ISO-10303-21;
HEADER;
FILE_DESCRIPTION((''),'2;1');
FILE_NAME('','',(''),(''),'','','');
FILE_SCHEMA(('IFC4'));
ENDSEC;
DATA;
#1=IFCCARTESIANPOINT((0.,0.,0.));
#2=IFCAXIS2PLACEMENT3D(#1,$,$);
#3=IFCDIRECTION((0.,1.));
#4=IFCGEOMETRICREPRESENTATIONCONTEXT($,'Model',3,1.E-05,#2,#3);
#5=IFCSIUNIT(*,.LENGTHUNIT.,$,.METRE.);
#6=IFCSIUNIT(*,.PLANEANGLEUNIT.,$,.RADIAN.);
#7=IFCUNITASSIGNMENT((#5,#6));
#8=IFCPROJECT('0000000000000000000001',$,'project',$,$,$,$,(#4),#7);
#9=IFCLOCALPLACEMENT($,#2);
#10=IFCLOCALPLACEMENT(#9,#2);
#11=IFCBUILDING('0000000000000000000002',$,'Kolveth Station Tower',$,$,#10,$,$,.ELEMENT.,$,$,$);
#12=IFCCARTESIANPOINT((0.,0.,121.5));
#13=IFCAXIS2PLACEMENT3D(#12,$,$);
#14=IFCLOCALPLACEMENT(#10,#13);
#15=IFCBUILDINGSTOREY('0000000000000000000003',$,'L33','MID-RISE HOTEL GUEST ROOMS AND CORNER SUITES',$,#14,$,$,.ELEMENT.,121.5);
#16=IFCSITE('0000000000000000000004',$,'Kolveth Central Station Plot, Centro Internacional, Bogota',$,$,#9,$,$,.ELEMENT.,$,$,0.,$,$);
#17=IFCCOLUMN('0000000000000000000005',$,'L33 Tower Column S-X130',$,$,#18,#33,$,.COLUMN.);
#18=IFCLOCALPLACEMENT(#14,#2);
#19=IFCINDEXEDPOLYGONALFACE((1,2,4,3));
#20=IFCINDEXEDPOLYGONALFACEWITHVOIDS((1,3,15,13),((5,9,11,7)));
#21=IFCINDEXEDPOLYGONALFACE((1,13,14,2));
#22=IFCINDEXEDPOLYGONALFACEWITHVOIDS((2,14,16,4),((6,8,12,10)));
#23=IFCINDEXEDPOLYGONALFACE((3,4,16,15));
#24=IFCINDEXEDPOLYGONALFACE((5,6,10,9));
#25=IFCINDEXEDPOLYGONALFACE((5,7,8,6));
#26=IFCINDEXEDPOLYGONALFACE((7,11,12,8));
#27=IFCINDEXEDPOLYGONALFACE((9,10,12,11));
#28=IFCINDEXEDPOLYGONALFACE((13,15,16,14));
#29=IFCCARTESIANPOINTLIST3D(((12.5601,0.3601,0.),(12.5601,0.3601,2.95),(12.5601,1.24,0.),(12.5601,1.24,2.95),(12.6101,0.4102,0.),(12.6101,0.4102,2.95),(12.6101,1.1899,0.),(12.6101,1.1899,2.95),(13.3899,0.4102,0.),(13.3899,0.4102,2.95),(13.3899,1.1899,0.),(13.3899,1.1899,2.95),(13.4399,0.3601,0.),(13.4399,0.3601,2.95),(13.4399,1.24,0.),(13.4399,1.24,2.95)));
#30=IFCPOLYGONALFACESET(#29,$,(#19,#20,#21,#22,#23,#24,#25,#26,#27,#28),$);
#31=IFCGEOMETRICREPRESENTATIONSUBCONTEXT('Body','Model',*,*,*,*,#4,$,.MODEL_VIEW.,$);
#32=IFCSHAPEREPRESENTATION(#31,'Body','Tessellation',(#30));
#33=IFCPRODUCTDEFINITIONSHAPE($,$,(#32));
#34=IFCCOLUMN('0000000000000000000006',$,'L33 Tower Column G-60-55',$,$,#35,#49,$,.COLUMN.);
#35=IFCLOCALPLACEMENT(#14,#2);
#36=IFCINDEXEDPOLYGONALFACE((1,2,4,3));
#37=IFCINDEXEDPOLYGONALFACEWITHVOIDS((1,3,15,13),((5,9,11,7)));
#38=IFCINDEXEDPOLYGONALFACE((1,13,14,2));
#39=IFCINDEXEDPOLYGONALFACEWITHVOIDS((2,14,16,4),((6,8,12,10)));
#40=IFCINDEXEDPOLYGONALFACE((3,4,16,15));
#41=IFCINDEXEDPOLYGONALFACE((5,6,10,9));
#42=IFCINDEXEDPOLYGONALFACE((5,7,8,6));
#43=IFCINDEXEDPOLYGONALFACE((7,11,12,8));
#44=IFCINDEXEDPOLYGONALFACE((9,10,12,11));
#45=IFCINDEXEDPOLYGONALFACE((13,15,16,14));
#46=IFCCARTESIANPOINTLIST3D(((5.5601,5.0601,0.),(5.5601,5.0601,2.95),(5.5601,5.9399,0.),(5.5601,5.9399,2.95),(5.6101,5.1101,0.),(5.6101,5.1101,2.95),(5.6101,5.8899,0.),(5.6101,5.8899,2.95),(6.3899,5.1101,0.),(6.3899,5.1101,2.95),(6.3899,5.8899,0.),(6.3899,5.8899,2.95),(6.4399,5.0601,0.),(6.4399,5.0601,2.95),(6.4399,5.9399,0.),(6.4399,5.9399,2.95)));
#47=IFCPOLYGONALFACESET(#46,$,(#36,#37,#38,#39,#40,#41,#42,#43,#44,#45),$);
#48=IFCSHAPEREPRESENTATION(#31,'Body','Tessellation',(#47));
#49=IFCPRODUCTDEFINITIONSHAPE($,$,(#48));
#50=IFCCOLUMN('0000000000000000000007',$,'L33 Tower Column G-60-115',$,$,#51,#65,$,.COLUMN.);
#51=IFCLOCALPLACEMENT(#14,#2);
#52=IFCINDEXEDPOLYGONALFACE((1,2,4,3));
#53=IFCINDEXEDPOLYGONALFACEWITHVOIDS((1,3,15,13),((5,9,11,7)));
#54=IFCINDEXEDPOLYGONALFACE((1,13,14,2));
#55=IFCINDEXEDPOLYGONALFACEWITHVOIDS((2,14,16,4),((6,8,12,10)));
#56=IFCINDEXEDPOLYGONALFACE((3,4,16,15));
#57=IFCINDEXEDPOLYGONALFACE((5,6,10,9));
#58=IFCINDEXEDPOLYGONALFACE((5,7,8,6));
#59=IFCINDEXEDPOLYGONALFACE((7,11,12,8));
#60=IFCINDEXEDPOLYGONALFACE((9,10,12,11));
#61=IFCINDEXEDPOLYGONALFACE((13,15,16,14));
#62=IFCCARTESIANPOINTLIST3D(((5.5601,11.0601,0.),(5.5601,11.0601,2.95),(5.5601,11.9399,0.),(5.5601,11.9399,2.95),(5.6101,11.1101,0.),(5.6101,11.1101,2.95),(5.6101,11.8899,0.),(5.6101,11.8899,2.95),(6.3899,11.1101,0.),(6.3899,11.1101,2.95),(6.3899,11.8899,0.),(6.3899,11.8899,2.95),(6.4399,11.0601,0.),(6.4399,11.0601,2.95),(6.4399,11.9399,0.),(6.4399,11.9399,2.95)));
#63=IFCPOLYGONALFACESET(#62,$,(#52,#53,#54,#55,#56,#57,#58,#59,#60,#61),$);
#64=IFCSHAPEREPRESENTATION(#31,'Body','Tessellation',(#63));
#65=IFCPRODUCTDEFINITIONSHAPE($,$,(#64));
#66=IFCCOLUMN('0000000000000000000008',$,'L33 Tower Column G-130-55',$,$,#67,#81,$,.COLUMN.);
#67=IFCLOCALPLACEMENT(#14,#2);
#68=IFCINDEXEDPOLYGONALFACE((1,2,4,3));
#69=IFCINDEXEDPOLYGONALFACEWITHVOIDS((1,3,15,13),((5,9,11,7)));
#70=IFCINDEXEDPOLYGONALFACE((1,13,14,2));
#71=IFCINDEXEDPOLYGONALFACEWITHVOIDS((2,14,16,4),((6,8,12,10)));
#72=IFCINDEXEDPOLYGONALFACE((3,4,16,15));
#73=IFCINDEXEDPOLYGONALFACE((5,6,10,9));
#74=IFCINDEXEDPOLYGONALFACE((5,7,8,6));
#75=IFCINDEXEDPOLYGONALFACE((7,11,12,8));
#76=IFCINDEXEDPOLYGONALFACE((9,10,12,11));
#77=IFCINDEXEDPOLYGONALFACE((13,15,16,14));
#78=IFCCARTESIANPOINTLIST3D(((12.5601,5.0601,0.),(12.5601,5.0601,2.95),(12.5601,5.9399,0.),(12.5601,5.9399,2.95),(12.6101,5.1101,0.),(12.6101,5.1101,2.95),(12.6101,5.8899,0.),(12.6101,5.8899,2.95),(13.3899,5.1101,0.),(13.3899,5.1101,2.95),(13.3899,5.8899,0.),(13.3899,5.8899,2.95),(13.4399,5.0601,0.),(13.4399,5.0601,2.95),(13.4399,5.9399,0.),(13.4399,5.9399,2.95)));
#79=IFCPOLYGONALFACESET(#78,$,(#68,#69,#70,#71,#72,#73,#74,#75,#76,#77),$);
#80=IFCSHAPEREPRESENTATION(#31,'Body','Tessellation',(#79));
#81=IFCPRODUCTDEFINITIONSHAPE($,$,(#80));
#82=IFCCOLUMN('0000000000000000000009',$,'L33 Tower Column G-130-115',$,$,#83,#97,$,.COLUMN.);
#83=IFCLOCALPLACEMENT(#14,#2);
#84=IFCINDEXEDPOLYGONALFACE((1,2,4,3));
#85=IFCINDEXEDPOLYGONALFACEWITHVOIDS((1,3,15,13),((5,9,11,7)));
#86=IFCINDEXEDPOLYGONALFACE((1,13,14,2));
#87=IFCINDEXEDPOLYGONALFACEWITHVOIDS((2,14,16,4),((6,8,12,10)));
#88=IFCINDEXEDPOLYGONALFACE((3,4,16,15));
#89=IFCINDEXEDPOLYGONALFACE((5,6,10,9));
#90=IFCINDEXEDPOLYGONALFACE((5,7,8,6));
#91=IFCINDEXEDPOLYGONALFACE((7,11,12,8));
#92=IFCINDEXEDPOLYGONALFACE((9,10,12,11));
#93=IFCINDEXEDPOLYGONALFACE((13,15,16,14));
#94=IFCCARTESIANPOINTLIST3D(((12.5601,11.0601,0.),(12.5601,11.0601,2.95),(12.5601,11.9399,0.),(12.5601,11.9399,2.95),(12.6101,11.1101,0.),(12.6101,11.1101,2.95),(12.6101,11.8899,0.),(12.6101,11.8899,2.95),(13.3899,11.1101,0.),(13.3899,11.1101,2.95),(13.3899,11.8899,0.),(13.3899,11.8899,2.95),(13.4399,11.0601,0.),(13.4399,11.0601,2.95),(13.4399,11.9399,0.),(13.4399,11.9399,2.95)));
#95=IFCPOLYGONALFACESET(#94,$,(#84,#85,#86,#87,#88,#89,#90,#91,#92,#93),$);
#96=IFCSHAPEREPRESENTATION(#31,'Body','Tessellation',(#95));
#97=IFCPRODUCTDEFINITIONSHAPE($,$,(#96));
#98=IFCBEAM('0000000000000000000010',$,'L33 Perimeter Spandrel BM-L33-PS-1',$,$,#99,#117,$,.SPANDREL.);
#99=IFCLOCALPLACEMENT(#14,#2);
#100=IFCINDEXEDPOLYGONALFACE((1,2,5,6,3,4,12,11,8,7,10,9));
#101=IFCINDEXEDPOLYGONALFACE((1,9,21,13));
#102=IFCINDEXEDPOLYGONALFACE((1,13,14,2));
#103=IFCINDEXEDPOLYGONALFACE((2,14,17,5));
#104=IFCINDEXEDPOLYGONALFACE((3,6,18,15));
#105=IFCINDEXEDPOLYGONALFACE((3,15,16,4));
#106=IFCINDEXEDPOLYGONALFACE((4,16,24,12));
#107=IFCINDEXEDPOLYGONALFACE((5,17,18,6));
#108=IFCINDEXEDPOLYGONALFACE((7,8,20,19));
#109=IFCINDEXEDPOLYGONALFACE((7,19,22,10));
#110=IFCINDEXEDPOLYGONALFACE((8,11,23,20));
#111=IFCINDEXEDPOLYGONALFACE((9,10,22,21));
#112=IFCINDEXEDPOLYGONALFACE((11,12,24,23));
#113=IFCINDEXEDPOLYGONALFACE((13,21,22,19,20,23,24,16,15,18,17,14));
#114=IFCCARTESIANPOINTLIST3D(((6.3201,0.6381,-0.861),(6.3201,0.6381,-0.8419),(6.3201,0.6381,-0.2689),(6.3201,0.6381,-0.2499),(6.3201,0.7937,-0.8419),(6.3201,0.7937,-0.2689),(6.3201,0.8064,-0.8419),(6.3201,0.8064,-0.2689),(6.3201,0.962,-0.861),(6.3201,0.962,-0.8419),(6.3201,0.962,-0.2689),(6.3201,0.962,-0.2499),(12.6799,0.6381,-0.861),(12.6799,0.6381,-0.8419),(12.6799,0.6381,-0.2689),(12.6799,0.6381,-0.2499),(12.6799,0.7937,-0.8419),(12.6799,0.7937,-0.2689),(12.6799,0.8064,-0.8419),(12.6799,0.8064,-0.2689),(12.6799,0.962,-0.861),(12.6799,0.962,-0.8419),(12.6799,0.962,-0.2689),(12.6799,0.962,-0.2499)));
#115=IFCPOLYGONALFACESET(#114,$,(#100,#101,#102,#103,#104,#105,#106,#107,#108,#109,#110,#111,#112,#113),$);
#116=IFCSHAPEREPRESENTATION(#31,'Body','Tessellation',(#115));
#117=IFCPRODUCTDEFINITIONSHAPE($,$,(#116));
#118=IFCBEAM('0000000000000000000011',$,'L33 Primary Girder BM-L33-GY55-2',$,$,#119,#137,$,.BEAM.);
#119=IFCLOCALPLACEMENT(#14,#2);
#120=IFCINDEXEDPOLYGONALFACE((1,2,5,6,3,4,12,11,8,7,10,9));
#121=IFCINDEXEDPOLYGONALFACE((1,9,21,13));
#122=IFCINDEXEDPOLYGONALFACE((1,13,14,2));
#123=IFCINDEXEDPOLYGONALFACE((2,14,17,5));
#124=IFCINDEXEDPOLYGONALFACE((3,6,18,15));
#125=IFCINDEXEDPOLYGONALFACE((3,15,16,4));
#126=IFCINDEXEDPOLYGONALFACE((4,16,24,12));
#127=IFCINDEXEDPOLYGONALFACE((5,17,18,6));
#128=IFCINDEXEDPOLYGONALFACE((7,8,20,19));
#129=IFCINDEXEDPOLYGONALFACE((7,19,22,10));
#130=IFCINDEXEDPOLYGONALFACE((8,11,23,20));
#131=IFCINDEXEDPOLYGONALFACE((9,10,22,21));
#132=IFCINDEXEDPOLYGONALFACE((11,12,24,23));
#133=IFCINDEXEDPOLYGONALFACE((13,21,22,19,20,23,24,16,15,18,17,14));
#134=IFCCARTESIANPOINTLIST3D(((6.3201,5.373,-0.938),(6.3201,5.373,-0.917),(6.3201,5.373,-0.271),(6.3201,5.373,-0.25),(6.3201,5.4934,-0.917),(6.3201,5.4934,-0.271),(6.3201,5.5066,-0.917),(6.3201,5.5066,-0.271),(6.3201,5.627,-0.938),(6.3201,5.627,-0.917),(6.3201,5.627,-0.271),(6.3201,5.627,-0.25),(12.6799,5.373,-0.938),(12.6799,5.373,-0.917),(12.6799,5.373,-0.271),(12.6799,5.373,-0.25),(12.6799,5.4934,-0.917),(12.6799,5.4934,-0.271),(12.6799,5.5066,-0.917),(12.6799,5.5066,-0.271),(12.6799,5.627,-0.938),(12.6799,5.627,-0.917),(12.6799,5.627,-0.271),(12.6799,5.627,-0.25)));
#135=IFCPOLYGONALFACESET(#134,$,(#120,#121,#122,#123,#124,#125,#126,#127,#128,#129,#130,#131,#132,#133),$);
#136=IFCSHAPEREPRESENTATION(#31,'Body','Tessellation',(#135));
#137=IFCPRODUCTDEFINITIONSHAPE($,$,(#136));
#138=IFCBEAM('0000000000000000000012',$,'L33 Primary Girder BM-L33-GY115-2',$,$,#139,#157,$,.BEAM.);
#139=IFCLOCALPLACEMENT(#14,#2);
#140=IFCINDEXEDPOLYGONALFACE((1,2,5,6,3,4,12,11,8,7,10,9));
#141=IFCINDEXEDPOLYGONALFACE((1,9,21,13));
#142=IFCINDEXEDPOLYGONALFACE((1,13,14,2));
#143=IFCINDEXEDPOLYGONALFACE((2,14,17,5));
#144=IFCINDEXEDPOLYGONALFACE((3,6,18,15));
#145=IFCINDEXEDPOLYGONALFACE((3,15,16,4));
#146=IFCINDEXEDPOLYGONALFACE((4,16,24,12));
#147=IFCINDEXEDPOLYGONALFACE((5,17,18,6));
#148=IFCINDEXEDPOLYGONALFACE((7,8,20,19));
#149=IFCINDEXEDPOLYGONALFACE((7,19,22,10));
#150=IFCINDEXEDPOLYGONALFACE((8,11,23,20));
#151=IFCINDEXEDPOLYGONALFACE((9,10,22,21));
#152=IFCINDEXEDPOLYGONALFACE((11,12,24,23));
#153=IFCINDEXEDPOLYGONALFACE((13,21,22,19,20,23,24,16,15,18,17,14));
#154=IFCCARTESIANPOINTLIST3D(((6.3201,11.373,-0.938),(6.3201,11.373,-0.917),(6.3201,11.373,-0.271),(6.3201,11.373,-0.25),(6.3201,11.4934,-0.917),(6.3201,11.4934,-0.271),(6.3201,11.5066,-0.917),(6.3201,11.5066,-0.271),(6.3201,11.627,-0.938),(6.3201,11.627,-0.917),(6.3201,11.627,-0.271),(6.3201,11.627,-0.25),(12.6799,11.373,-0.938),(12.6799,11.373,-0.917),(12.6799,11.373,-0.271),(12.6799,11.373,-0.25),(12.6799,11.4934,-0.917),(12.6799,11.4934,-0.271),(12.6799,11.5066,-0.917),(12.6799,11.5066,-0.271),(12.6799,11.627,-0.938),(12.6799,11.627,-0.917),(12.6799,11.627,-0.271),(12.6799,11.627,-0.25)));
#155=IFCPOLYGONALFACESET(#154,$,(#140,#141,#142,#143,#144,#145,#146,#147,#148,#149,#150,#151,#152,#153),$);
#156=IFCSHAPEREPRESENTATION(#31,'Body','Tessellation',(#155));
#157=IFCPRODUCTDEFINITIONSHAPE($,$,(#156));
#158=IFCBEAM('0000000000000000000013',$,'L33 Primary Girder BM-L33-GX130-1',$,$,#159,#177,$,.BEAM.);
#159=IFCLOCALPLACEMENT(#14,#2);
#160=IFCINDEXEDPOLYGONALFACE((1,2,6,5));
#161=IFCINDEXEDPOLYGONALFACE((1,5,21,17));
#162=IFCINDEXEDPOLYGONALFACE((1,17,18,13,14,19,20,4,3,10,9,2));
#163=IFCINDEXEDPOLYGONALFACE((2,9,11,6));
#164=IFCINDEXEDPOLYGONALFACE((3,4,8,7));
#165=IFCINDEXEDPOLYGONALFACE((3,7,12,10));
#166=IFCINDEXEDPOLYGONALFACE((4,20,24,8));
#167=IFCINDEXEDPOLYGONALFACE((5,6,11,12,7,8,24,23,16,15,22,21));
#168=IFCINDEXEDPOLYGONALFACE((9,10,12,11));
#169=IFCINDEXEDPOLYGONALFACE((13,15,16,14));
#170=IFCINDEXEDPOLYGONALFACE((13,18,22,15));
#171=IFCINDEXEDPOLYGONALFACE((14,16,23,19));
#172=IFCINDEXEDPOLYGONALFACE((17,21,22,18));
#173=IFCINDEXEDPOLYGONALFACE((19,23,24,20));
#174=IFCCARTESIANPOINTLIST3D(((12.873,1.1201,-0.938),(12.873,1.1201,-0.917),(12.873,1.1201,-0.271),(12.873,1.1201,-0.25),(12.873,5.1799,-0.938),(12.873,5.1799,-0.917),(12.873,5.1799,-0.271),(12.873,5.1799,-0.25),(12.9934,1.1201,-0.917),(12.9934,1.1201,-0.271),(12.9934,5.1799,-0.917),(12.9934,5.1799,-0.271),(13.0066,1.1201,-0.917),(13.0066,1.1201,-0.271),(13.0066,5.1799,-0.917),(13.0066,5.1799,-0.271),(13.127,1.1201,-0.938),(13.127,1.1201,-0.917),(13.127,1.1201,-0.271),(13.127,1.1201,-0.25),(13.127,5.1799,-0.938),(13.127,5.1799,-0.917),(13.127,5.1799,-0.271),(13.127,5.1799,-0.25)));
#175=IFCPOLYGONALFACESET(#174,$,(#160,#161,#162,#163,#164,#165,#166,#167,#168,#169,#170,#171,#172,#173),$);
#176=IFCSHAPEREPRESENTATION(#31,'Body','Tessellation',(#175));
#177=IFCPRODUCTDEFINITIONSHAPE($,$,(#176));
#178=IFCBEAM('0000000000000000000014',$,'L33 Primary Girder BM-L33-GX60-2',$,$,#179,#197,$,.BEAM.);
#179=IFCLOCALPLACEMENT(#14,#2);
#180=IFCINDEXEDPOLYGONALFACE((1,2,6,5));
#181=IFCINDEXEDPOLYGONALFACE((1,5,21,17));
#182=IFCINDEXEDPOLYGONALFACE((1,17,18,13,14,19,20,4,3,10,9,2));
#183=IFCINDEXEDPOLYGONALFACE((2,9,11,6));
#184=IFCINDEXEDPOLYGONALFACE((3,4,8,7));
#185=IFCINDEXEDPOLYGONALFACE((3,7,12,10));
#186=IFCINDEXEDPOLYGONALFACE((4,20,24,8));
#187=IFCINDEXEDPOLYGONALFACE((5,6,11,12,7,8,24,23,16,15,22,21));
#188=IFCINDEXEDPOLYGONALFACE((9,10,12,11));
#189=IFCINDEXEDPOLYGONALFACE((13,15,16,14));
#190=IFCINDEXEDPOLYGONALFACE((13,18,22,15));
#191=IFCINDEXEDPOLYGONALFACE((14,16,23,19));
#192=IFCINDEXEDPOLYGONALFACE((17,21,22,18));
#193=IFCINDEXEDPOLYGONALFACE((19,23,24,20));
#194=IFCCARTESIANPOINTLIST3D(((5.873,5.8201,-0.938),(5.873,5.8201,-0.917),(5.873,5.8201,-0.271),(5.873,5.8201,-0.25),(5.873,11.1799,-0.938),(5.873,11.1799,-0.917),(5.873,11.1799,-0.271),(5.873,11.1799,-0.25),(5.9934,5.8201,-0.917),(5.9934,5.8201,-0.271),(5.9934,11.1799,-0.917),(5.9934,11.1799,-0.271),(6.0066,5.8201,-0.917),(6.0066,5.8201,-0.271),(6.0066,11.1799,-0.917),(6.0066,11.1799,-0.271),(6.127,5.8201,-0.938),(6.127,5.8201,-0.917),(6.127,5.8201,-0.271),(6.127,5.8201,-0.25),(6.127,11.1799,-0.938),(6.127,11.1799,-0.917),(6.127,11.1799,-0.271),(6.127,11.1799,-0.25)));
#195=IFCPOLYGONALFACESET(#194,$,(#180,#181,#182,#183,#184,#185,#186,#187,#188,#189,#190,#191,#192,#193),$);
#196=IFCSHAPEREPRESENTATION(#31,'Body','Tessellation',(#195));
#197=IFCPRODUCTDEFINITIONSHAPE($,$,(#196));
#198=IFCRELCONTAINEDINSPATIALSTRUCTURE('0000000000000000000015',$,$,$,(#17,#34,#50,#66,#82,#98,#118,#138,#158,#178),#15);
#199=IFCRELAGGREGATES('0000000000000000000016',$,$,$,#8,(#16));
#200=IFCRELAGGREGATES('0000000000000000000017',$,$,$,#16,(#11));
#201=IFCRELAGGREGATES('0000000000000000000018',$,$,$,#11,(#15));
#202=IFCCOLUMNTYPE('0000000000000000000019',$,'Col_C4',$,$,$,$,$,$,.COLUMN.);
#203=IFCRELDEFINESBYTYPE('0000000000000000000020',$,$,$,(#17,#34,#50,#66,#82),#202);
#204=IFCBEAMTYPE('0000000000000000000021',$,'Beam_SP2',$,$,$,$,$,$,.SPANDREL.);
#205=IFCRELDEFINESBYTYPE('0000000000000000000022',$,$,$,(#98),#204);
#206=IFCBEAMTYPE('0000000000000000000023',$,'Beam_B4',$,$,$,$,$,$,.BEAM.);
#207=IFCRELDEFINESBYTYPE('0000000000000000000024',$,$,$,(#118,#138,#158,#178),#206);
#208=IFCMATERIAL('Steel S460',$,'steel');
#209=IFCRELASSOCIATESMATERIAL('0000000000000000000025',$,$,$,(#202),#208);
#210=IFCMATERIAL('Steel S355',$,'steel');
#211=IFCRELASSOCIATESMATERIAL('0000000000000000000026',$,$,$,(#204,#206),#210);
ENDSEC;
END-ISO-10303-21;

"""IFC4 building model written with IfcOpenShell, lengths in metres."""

from ifc_helpers import new_model, si_unit, direction, frame, origin, origin_2d, place, context, subcontext, project, spatial, hollow_rectangle, i_section, extrude, source, transform, mapped, material, material_profile, profile_set, type_object, element, save


model = new_model("IFC4")

# Units and contexts
model_context = context("Model", 3, precision=1e-05, world=origin(), true_north=direction((0.0, 1.0)))
body_context = subcontext(model_context, "Body", "Model", "MODEL_VIEW")
ifc_project = project(units=[si_unit("LENGTHUNIT", "METRE"), si_unit("PLANEANGLEUNIT", "RADIAN")], contexts=[model_context])

# Site, building, storey
site_placement = place(None, origin())
site = spatial("IfcSite", under=ifc_project, at=site_placement, Name="Kolveth Central Station Plot, Centro Internacional, Bogota", CompositionType="ELEMENT", RefElevation=0.0)
building_placement = place(site_placement, origin())
building = spatial("IfcBuilding", under=site, at=building_placement, Name="Kolveth Station Tower", CompositionType="ELEMENT")
storey_placement = place(building_placement, frame((0.0, 0.0, 121.5)))
storey = spatial("IfcBuildingStorey", under=building, at=storey_placement, Name="L33", Description="MID-RISE HOTEL GUEST ROOMS AND CORNER SUITES", CompositionType="ELEMENT", Elevation=121.5)

# Columns
ifc_material_1 = material(Name="Steel S460", Category="steel")
ifc_material_profile_1 = material_profile(ifc_material_1, hollow_rectangle(XDim=0.8799, YDim=0.8799, WallThickness=0.05, at=origin_2d()), Name="BOX880x880x50")
ifc_profile_set_1 = profile_set([ifc_material_profile_1], Name="Steel S460")
column_type = type_object("IfcColumnType", Name="Col_C4", PredefinedType="COLUMN", material=ifc_profile_set_1)
shared_shape_1 = source(origin(), body_context, "Body", "SweptSolid", [
    extrude(hollow_rectangle(XDim=0.8799, YDim=0.8799, WallThickness=0.05, at=origin_2d()), origin(), (0.0, 0.0, 1.0), 2.95),
])
for number, where, z_axis, x_axis, name in (
    (1, (13.0, 0.8, 0.0), (0.0, 0.0, 1.0), (1.0, 0.0, 0.0), "L33 Tower Column S-X130"),
    (2, (6.0, 5.5, 0.0), (0.0, 0.0, 1.0), (1.0, 0.0, 0.0), "L33 Tower Column G-60-55"),
    (3, (6.0, 11.5, 0.0), (0.0, 0.0, 1.0), (1.0, 0.0, 0.0), "L33 Tower Column G-60-115"),
    (4, (13.0, 5.5, 0.0), (0.0, 0.0, 1.0), (1.0, 0.0, 0.0), "L33 Tower Column G-130-55"),
    (5, (13.0, 11.5, 0.0), (0.0, 0.0, 1.0), (1.0, 0.0, 0.0), "L33 Tower Column G-130-115"),
):
    element("IfcColumn", number, at=place(storey_placement, frame(where, z_axis=z_axis, x_axis=x_axis)), inside=storey, type_object=column_type, Name=name, PredefinedType="COLUMN", context=body_context, shape_type="MappedRepresentation", body=[
        mapped(shared_shape_1, transform((0.0, 0.0, 0.0), x_axis=(1.0, 0.0, 0.0), y_axis=(0.0, 1.0, 0.0), z_axis=(0.0, 0.0, 1.0), scale=1.0)),
    ])

# Beams
ifc_material_2 = material(Name="Steel S355", Category="steel")
ifc_material_profile_2 = material_profile(ifc_material_2, i_section(OverallWidth=0.324, OverallDepth=0.6111, WebThickness=0.0127, FlangeThickness=0.019, at=origin_2d()), Name="W610x155")
ifc_profile_set_2 = profile_set([ifc_material_profile_2], Name="Steel S355")
beam_type_1 = type_object("IfcBeamType", Name="Beam_SP2", PredefinedType="SPANDREL", material=ifc_profile_set_2)
shared_shape_2 = source(origin(), body_context, "Body", "SweptSolid", [
    extrude(i_section(OverallWidth=0.324, OverallDepth=0.6111, WebThickness=0.0127, FlangeThickness=0.019, at=origin_2d()), origin(), (0.0, 0.0, 1.0), 6.3599),
])
beam_1_placement = place(storey_placement, frame((6.3201, 0.8, -0.5554), z_axis=(1.0, 0.0, 0.0), x_axis=(0.0, 1.0, 0.0)))
element("IfcBeam", 6, at=beam_1_placement, inside=storey, type_object=beam_type_1, Name="L33 Perimeter Spandrel BM-L33-PS-1", PredefinedType="SPANDREL", context=body_context, shape_type="MappedRepresentation", body=[
    mapped(shared_shape_2, transform((0.0, 0.0, 0.0), x_axis=(1.0, 0.0, 0.0), y_axis=(0.0, 1.0, 0.0), z_axis=(0.0, 0.0, 1.0), scale=1.0)),
])
ifc_material_profile_3 = material_profile(ifc_material_2, i_section(OverallWidth=0.2539, OverallDepth=0.688, WebThickness=0.0132, FlangeThickness=0.021, at=origin_2d()), Name="W690x152")
ifc_profile_set_3 = profile_set([ifc_material_profile_3], Name="Steel S355")
beam_type_2 = type_object("IfcBeamType", Name="Beam_B4", PredefinedType="BEAM", material=ifc_profile_set_3)
shared_shape_3 = source(origin(), body_context, "Body", "SweptSolid", [
    extrude(i_section(OverallWidth=0.2539, OverallDepth=0.688, WebThickness=0.0132, FlangeThickness=0.021, at=origin_2d()), origin(), (0.0, 0.0, 1.0), 6.3599),
])
for number, where, z_axis, x_axis, name in (
    (7, (6.3201, 5.5, -0.594), (1.0, 0.0, 0.0), (0.0, 1.0, 0.0), "L33 Primary Girder BM-L33-GY55-2"),
    (8, (6.3201, 11.5, -0.594), (1.0, 0.0, 0.0), (0.0, 1.0, 0.0), "L33 Primary Girder BM-L33-GY115-2"),
):
    element("IfcBeam", number, at=place(storey_placement, frame(where, z_axis=z_axis, x_axis=x_axis)), inside=storey, type_object=beam_type_2, Name=name, PredefinedType="BEAM", context=body_context, shape_type="MappedRepresentation", body=[
        mapped(shared_shape_3, transform((0.0, 0.0, 0.0), x_axis=(1.0, 0.0, 0.0), y_axis=(0.0, 1.0, 0.0), z_axis=(0.0, 0.0, 1.0), scale=1.0)),
    ])
shared_shape_4 = source(origin(), body_context, "Body", "SweptSolid", [
    extrude(i_section(OverallWidth=0.2539, OverallDepth=0.688, WebThickness=0.0132, FlangeThickness=0.021, at=origin_2d()), origin(), (0.0, 0.0, 1.0), 4.0598),
])
beam_2_placement = place(storey_placement, frame((13.0, 1.1201, -0.594), z_axis=(0.0, 1.0, 0.0), x_axis=(-1.0, 0.0, 0.0)))
element("IfcBeam", 9, at=beam_2_placement, inside=storey, type_object=beam_type_2, Name="L33 Primary Girder BM-L33-GX130-1", PredefinedType="BEAM", context=body_context, shape_type="MappedRepresentation", body=[
    mapped(shared_shape_4, transform((0.0, 0.0, 0.0), x_axis=(1.0, 0.0, 0.0), y_axis=(0.0, 1.0, 0.0), z_axis=(0.0, 0.0, 1.0), scale=1.0)),
])
shared_shape_5 = source(origin(), body_context, "Body", "SweptSolid", [
    extrude(i_section(OverallWidth=0.2539, OverallDepth=0.688, WebThickness=0.0132, FlangeThickness=0.021, at=origin_2d()), origin(), (0.0, 0.0, 1.0), 5.3599),
])
for number, where, z_axis, x_axis, name in (
    (10, (6.0, 5.8201, -0.594), (0.0, 1.0, 0.0), (-1.0, 0.0, 0.0), "L33 Primary Girder BM-L33-GX60-2"),
):
    element("IfcBeam", number, at=place(storey_placement, frame(where, z_axis=z_axis, x_axis=x_axis)), inside=storey, type_object=beam_type_2, Name=name, PredefinedType="BEAM", context=body_context, shape_type="MappedRepresentation", body=[
        mapped(shared_shape_5, transform((0.0, 0.0, 0.0), x_axis=(1.0, 0.0, 0.0), y_axis=(0.0, 1.0, 0.0), z_axis=(0.0, 0.0, 1.0), scale=1.0)),
    ])

save(model, "model.ifc")
